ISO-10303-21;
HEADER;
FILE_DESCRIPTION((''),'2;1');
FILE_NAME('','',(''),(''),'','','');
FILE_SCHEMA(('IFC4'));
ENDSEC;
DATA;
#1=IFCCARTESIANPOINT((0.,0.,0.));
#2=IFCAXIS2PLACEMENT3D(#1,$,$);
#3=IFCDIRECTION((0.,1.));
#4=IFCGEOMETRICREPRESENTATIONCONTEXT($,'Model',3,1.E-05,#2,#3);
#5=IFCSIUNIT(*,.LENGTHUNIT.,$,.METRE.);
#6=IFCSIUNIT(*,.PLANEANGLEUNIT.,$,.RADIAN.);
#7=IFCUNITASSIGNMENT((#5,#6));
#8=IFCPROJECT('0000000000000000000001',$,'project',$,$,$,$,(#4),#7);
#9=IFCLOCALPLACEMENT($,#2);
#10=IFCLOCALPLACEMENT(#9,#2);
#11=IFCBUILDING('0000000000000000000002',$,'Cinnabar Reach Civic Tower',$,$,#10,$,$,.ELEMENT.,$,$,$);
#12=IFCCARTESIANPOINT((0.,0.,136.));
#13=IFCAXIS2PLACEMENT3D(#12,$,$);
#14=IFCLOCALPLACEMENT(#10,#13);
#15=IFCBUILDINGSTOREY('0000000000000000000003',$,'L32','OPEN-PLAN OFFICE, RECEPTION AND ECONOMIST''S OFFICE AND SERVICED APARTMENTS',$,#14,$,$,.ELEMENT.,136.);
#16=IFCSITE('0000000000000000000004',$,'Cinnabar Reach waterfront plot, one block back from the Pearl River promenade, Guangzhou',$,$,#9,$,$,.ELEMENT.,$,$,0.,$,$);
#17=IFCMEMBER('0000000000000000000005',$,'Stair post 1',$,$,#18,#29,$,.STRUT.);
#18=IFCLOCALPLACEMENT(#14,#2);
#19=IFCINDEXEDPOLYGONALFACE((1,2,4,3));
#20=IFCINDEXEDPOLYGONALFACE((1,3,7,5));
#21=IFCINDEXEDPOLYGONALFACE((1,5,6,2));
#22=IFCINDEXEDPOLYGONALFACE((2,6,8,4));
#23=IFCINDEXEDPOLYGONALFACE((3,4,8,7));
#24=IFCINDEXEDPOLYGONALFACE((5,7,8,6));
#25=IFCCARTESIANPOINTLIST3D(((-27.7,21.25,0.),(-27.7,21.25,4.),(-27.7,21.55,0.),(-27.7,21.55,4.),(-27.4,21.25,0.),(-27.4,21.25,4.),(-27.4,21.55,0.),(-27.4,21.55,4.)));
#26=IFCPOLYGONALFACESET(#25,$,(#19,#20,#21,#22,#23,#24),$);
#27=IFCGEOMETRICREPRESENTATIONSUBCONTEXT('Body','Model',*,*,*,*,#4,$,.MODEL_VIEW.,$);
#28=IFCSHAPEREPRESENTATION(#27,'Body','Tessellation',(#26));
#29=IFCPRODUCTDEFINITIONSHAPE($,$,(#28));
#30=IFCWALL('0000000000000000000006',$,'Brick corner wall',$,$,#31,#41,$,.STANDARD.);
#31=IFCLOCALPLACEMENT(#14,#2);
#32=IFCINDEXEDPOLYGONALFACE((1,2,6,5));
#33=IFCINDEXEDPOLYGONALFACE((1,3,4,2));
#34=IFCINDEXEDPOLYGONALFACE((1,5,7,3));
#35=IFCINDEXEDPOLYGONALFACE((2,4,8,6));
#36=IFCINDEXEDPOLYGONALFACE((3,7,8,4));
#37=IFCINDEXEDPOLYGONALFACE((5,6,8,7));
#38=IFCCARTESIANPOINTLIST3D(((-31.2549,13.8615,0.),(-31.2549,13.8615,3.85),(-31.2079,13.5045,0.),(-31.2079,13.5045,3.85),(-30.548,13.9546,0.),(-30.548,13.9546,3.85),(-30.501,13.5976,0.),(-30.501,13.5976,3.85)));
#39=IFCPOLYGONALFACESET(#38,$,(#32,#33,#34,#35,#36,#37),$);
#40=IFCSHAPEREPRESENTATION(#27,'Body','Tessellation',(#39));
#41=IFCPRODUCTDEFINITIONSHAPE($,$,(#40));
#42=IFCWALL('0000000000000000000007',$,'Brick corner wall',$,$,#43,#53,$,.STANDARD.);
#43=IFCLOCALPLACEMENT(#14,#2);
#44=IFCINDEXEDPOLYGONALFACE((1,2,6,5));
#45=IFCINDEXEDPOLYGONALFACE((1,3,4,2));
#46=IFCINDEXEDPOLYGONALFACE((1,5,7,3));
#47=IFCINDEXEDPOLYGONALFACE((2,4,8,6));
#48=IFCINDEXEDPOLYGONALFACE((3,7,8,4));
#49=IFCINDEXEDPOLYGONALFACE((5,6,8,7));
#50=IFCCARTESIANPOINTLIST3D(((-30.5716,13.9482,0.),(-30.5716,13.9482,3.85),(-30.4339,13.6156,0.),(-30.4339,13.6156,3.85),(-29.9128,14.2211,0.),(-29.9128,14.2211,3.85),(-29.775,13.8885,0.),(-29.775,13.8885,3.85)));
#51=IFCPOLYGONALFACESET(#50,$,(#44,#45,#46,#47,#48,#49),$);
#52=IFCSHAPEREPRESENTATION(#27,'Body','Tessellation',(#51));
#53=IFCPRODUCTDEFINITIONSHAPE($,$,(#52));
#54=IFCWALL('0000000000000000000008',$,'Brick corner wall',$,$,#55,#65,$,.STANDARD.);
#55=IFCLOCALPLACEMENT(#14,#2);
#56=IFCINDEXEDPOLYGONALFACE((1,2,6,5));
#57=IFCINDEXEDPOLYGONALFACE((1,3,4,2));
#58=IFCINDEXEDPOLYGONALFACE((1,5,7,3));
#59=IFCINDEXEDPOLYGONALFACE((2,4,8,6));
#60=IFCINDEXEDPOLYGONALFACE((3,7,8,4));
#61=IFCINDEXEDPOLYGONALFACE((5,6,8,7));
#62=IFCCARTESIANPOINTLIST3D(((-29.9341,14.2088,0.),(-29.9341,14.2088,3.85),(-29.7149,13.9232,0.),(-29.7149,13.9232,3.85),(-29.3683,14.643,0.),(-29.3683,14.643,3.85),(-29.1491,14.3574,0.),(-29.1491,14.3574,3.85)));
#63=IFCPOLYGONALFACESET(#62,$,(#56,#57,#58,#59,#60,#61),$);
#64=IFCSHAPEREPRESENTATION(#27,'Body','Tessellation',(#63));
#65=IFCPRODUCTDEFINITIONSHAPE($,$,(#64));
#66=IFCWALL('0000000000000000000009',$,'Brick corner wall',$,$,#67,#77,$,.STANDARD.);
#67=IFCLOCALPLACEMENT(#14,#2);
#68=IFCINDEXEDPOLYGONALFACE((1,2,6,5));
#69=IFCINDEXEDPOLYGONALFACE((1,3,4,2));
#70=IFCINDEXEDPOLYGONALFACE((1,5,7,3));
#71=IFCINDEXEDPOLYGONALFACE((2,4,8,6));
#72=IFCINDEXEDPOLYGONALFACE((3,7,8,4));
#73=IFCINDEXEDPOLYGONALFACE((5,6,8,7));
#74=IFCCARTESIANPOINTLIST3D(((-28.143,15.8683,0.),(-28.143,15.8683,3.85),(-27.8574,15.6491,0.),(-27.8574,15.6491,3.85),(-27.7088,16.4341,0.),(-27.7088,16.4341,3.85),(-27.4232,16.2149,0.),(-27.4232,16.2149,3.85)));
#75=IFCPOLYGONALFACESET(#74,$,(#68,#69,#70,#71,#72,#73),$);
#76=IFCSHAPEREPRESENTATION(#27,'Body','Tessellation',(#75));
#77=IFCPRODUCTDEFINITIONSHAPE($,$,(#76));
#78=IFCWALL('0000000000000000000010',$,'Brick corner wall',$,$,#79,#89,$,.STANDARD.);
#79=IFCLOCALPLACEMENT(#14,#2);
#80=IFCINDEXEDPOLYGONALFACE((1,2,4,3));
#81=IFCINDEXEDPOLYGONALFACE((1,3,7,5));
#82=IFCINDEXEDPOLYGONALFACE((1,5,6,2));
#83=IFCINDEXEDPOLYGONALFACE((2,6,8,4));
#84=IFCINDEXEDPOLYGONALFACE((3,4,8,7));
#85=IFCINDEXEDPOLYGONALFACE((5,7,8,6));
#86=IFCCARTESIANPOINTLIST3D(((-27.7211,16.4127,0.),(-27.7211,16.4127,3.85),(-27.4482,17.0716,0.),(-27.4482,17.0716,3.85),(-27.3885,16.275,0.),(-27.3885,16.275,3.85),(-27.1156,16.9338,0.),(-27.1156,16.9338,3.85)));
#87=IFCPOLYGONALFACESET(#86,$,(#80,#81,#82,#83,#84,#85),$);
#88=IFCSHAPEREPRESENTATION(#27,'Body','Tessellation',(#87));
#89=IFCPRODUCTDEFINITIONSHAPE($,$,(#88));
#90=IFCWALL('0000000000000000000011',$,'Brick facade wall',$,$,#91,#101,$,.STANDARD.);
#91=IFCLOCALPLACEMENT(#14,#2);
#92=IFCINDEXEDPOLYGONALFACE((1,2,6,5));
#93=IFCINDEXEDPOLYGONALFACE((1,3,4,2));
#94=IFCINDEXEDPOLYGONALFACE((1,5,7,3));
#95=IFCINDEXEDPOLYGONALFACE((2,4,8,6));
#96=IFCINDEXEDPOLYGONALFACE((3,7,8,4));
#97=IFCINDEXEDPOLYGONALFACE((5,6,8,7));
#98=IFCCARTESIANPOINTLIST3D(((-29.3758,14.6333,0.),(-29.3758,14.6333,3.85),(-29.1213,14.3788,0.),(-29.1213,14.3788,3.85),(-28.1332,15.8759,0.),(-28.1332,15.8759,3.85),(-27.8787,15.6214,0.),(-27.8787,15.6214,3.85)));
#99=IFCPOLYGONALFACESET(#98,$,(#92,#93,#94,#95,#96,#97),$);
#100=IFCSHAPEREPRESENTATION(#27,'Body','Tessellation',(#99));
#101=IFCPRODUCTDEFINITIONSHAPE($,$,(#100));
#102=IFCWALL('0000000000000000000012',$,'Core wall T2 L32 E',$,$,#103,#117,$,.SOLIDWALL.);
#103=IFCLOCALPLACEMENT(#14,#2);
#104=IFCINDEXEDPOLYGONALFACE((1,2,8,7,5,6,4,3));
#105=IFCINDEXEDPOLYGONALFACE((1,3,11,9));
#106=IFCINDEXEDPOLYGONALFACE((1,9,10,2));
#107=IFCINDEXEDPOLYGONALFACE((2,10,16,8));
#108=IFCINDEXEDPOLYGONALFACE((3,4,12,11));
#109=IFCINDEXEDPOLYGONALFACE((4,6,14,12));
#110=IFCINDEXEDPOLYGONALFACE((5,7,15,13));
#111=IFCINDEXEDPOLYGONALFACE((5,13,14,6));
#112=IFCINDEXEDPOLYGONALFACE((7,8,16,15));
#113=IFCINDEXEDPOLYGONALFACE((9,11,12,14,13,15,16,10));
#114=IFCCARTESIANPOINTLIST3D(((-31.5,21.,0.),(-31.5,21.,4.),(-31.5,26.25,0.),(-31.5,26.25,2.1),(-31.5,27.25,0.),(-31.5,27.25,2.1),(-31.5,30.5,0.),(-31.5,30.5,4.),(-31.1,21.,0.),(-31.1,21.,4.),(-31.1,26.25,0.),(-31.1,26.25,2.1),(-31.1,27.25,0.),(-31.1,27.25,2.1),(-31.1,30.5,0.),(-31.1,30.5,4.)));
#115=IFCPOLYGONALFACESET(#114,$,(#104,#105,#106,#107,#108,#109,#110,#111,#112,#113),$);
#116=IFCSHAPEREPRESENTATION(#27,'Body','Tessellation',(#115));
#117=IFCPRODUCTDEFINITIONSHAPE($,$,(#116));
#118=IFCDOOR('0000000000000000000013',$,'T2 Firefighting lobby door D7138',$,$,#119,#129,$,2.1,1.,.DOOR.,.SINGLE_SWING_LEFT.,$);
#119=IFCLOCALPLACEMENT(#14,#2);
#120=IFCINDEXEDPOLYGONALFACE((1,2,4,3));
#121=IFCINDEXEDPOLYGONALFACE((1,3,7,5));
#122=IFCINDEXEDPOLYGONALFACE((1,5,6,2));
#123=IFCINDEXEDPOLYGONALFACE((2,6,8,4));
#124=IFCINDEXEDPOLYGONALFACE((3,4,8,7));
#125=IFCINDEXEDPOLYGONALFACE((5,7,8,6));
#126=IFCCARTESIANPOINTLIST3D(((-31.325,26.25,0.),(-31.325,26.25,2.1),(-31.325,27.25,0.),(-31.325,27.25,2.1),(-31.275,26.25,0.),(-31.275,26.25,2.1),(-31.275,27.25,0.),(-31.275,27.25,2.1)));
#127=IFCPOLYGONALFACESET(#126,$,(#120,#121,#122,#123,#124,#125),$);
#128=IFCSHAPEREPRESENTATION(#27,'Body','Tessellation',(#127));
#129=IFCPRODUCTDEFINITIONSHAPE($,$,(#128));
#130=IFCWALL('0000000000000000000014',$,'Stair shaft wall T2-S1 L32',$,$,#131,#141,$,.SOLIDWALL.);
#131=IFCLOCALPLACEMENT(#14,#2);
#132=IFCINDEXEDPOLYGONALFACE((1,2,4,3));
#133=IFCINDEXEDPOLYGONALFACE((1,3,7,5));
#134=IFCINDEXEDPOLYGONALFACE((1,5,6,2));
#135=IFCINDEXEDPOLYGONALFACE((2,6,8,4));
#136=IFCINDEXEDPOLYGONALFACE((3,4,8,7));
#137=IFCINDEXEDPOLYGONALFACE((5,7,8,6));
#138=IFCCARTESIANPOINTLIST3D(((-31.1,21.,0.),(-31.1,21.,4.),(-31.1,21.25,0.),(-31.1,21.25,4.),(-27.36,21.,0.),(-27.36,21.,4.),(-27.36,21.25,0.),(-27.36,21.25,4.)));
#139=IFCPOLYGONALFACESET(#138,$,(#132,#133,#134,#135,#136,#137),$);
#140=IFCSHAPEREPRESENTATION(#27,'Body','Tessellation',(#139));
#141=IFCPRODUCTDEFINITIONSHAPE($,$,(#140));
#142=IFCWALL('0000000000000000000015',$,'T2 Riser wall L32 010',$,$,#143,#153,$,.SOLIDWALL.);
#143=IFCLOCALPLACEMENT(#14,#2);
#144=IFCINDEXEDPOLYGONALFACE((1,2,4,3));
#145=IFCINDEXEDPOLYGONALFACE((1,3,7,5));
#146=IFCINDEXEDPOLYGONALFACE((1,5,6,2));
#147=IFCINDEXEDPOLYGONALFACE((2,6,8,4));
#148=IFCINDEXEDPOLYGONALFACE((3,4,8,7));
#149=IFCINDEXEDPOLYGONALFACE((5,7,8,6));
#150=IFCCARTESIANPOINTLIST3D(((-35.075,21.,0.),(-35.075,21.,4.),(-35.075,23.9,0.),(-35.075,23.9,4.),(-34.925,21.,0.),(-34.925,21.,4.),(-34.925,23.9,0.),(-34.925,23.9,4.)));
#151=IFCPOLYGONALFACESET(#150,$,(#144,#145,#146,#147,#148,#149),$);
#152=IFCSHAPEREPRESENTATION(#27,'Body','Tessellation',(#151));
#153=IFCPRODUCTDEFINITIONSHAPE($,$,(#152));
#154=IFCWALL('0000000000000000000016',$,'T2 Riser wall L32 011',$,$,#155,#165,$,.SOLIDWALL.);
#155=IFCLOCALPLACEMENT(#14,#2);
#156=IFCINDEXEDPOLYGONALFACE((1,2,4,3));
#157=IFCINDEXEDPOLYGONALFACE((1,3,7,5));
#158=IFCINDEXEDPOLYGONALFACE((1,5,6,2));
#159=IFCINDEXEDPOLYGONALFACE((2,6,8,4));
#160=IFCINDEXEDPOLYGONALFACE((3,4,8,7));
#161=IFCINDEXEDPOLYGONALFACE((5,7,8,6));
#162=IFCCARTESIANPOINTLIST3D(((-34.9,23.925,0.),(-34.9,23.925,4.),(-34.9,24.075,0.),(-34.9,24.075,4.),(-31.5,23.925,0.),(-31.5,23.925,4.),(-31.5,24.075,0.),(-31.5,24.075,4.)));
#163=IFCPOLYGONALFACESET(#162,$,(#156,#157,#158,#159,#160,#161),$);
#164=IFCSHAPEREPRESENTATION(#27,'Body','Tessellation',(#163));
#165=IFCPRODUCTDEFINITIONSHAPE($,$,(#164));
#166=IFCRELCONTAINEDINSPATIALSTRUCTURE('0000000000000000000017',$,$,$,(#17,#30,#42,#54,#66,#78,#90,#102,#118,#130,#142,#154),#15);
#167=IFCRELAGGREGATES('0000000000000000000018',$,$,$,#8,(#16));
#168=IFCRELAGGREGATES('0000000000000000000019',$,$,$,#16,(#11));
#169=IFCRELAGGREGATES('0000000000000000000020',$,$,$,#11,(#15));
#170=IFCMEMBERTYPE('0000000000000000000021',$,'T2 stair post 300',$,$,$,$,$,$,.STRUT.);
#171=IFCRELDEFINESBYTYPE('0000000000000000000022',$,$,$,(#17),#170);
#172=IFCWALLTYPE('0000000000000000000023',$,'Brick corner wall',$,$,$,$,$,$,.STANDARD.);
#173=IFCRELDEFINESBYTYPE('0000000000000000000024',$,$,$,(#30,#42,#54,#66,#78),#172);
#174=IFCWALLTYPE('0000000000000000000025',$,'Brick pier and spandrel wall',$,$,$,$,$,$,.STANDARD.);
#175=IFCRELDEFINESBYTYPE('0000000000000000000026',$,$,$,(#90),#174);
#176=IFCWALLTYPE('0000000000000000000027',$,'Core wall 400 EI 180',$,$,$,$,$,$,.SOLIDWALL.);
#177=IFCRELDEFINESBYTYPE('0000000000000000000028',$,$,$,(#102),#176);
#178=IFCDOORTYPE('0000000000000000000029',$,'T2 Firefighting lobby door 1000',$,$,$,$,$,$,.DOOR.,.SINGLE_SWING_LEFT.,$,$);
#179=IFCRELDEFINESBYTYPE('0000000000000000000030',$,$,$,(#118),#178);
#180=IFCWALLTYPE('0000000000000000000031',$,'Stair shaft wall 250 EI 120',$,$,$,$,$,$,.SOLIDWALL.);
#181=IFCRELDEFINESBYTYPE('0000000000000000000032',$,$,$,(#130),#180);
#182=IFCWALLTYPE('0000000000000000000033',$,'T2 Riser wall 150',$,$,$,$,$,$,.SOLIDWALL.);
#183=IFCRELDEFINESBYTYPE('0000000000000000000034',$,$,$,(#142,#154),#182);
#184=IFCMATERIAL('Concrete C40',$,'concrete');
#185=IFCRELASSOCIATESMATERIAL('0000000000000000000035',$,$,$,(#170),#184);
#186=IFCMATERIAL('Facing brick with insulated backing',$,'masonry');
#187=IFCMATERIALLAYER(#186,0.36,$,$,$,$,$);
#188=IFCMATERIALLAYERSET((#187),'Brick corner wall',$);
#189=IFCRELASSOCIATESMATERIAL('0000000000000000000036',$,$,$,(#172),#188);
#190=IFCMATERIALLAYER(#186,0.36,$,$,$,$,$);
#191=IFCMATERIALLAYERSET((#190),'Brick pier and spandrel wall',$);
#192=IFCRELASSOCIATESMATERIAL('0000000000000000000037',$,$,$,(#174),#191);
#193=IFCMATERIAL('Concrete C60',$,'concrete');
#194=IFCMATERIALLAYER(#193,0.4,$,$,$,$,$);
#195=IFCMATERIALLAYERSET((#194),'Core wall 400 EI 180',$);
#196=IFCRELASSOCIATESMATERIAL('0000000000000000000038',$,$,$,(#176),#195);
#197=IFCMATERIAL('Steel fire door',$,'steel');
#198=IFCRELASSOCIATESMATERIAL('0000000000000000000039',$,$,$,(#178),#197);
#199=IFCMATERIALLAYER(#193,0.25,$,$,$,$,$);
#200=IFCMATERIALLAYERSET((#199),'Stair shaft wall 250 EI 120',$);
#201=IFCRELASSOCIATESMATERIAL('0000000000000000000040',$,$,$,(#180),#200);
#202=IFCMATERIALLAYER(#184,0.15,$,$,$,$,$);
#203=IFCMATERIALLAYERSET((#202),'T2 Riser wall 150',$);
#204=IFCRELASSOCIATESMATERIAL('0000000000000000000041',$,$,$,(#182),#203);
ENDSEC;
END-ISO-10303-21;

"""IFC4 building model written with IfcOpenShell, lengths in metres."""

from ifc_helpers import new_model, si_unit, direction, frame, frame_2d, origin, origin_2d, place, context, subcontext, project, spatial, rectangle, extrude, material, layer, layer_set, material_profile, profile_set, type_object, element, fill, save


model = new_model("IFC4")

# Units and contexts
model_context = context("Model", 3, precision=1e-05, world=origin(), true_north=direction((0.0, 1.0)))
body_context = subcontext(model_context, "Body", "Model", "MODEL_VIEW")
ifc_project = project(units=[si_unit("LENGTHUNIT", "METRE"), si_unit("PLANEANGLEUNIT", "RADIAN")], contexts=[model_context])

# Site, building, storey
site_placement = place(None, origin())
site = spatial("IfcSite", under=ifc_project, at=site_placement, Name="Cinnabar Reach waterfront plot, one block back from the Pearl River promenade, Guangzhou", CompositionType="ELEMENT", RefElevation=0.0)
building_placement = place(site_placement, origin())
building = spatial("IfcBuilding", under=site, at=building_placement, Name="Cinnabar Reach Civic Tower", CompositionType="ELEMENT")
storey_placement = place(building_placement, frame((0.0, 0.0, 136.0)))
storey = spatial("IfcBuildingStorey", under=building, at=storey_placement, Name="L32", Description="OPEN-PLAN OFFICE, RECEPTION AND ECONOMIST'S OFFICE AND SERVICED APARTMENTS", CompositionType="ELEMENT", Elevation=136.0)

# Shared definitions
ifc_material_1 = material(Name="Concrete C60", Category="concrete")

# Member
ifc_material_2 = material(Name="Concrete C40", Category="concrete")
ifc_material_profile_1 = material_profile(ifc_material_2, rectangle(XDim=0.3, YDim=0.3, at=origin_2d()), Name="C300")
ifc_profile_set_1 = profile_set([ifc_material_profile_1], Name="Concrete C40")
member_type = type_object("IfcMemberType", Name="T2 stair post 300", PredefinedType="STRUT", material=ifc_profile_set_1)
member_placement = place(storey_placement, frame((-27.55, 21.4, 0.0), z_axis=(0.0, 0.0, 1.0), x_axis=(1.0, 0.0, 0.0)))
element("IfcMember", 1, at=member_placement, inside=storey, type_object=member_type, Name="Stair post 1", PredefinedType="STRUT", context=body_context, shape_type="SweptSolid", body=[
    extrude(rectangle(XDim=0.3, YDim=0.3, at=origin_2d()), origin(), (0.0, 0.0, 1.0), 4.0),
])

# Walls
ifc_material_3 = material(Name="Facing brick with insulated backing", Category="masonry")
ifc_layer_1 = layer(ifc_material_3, 0.36)
ifc_layer_set_1 = layer_set([ifc_layer_1], Name="Brick corner wall")
wall_type_1 = type_object("IfcWallType", Name="Brick corner wall", PredefinedType="STANDARD", material=ifc_layer_set_1)
for number, where, z_axis, x_axis, name in (
    (2, (-31.2314, 13.683, 0.0), (0.0, 0.0, 1.0), (0.991441, 0.130556, 0.0), "Brick corner wall"),
    (3, (-30.5027, 13.7819, 0.0), (0.0, 0.0, 1.0), (0.923872, 0.382703, 0.0), "Brick corner wall"),
):
    element("IfcWall", number, at=place(storey_placement, frame(where, z_axis=z_axis, x_axis=x_axis)), inside=storey, type_object=wall_type_1, Name=name, PredefinedType="STANDARD", context=body_context, shape_type="SweptSolid", body=[
        extrude(rectangle(XDim=0.7131, YDim=0.36, at=frame_2d((0.3565, 0.0))), origin(), (0.0, 0.0, 1.0), 3.85),
    ])
for number, where, z_axis, x_axis, name in (
    (4, (-29.8245, 14.066, 0.0), (0.0, 0.0, 1.0), (0.793322, 0.608802, 0.0), "Brick corner wall"),
    (5, (-28.0002, 15.7587, 0.0), (0.0, 0.0, 1.0), (0.608802, 0.793322, 0.0), "Brick corner wall"),
):
    element("IfcWall", number, at=place(storey_placement, frame(where, z_axis=z_axis, x_axis=x_axis)), inside=storey, type_object=wall_type_1, Name=name, PredefinedType="STANDARD", context=body_context, shape_type="SweptSolid", body=[
        extrude(rectangle(XDim=0.7132, YDim=0.36, at=frame_2d((0.3566, 0.0))), origin(), (0.0, 0.0, 1.0), 3.85),
    ])
wall_1_placement = place(storey_placement, frame((-27.5548, 16.3439, 0.0), z_axis=(0.0, 0.0, 1.0), x_axis=(0.382703, 0.923872, 0.0)))
element("IfcWall", 6, at=wall_1_placement, inside=storey, type_object=wall_type_1, Name="Brick corner wall", PredefinedType="STANDARD", context=body_context, shape_type="SweptSolid", body=[
    extrude(rectangle(XDim=0.7131, YDim=0.36, at=frame_2d((0.3565, 0.0))), origin(), (0.0, 0.0, 1.0), 3.85),
])
ifc_layer_2 = layer(ifc_material_3, 0.36)
ifc_layer_set_2 = layer_set([ifc_layer_2], Name="Brick pier and spandrel wall")
wall_type_2 = type_object("IfcWallType", Name="Brick pier and spandrel wall", PredefinedType="STANDARD", material=ifc_layer_set_2)
wall_2_placement = place(storey_placement, frame((-29.2486, 14.506, 0.0), z_axis=(0.0, 0.0, 1.0), x_axis=(0.707107, 0.707107, 0.0)))
element("IfcWall", 7, at=wall_2_placement, inside=storey, type_object=wall_type_2, Name="Brick facade wall", PredefinedType="STANDARD", context=body_context, shape_type="SweptSolid", body=[
    extrude(rectangle(XDim=1.7573, YDim=0.36, at=frame_2d((0.8787, 0.0))), origin(), (0.0, 0.0, 1.0), 3.85),
])

# Wall, opening, door
ifc_layer_3 = layer(ifc_material_1, 0.4)
ifc_layer_set_3 = layer_set([ifc_layer_3], Name="Core wall 400 EI 180")
wall_type_3 = type_object("IfcWallType", Name="Core wall 400 EI 180", PredefinedType="SOLIDWALL", material=ifc_layer_set_3)
wall_3_placement = place(storey_placement, frame((-31.3, 21.0, 0.0), z_axis=(0.0, 0.0, 1.0), x_axis=(0.0, 1.0, 0.0)))
wall_3 = element("IfcWall", 8, at=wall_3_placement, inside=storey, type_object=wall_type_3, Name="Core wall T2 L32 E", PredefinedType="SOLIDWALL", context=body_context, shape_type="SweptSolid", body=[
    extrude(rectangle(XDim=9.5, YDim=0.4, at=frame_2d((4.75, 0.0))), origin(), (0.0, 0.0, 1.0), 4.0),
])
opening_1_placement = place(wall_3_placement, frame((5.25, 0.0, 0.0)))
opening_1 = element("IfcOpeningElement", 9, at=opening_1_placement, cuts=wall_3, PredefinedType="OPENING", context=body_context, shape_type="SweptSolid", body=[
    extrude(rectangle(XDim=1.0, YDim=2.1, at=frame_2d((0.5, 1.05))), frame((0.0, 0.21, 0.0), z_axis=(0.0, -1.0, 0.0), x_axis=(1.0, 0.0, 0.0)), (0.0, 0.0, 1.0), 0.42),
])
ifc_material_4 = material(Name="Steel fire door", Category="steel")
door_type_1 = type_object("IfcDoorType", Name="T2 Firefighting lobby door 1000", OperationType="SINGLE_SWING_LEFT", PredefinedType="DOOR", material=ifc_material_4)
door_1_placement = place(opening_1_placement, frame((1.0, 0.0, 0.0), z_axis=(0.0, 0.0, 1.0), x_axis=(-1.0, 0.0, 0.0)))
door_1 = element("IfcDoor", 10, at=door_1_placement, inside=storey, type_object=door_type_1, Name="T2 Firefighting lobby door D7138", OperationType="SINGLE_SWING_LEFT", OverallHeight=2.1, OverallWidth=1.0, PredefinedType="DOOR", context=body_context, shape_type="SweptSolid", body=[
    extrude(rectangle(XDim=1.0, YDim=2.1, at=frame_2d((0.5, 1.05))), frame((0.0, 0.025, 0.0), z_axis=(0.0, -1.0, 0.0), x_axis=(1.0, 0.0, 0.0)), (0.0, 0.0, 1.0), 0.05),
])
fill(opening_1, door_1)

# Walls
ifc_layer_4 = layer(ifc_material_1, 0.25)
ifc_layer_set_4 = layer_set([ifc_layer_4], Name="Stair shaft wall 250 EI 120")
wall_type_4 = type_object("IfcWallType", Name="Stair shaft wall 250 EI 120", PredefinedType="SOLIDWALL", material=ifc_layer_set_4)
wall_4_placement = place(storey_placement, frame((-31.1, 21.125, 0.0), z_axis=(0.0, 0.0, 1.0), x_axis=(1.0, 0.0, 0.0)))
element("IfcWall", 11, at=wall_4_placement, inside=storey, type_object=wall_type_4, Name="Stair shaft wall T2-S1 L32", PredefinedType="SOLIDWALL", context=body_context, shape_type="SweptSolid", body=[
    extrude(rectangle(XDim=3.74, YDim=0.25, at=frame_2d((1.87, 0.0))), origin(), (0.0, 0.0, 1.0), 4.0),
])
ifc_layer_5 = layer(ifc_material_2, 0.15)
ifc_layer_set_5 = layer_set([ifc_layer_5], Name="T2 Riser wall 150")
wall_type_5 = type_object("IfcWallType", Name="T2 Riser wall 150", PredefinedType="SOLIDWALL", material=ifc_layer_set_5)
wall_5_placement = place(storey_placement, frame((-35.0, 21.0, 0.0), z_axis=(0.0, 0.0, 1.0), x_axis=(0.0, 1.0, 0.0)))
element("IfcWall", 12, at=wall_5_placement, inside=storey, type_object=wall_type_5, Name="T2 Riser wall L32 010", PredefinedType="SOLIDWALL", context=body_context, shape_type="SweptSolid", body=[
    extrude(rectangle(XDim=2.9, YDim=0.15, at=frame_2d((1.45, 0.0))), origin(), (0.0, 0.0, 1.0), 4.0),
])
wall_6_placement = place(storey_placement, frame((-31.5, 24.0, 0.0), z_axis=(0.0, 0.0, 1.0), x_axis=(-1.0, 0.0, 0.0)))
element("IfcWall", 13, at=wall_6_placement, inside=storey, type_object=wall_type_5, Name="T2 Riser wall L32 011", PredefinedType="SOLIDWALL", context=body_context, shape_type="SweptSolid", body=[
    extrude(rectangle(XDim=3.4, YDim=0.15, at=frame_2d((1.7, 0.0))), origin(), (0.0, 0.0, 1.0), 4.0),
])

save(model, "model.ifc")
